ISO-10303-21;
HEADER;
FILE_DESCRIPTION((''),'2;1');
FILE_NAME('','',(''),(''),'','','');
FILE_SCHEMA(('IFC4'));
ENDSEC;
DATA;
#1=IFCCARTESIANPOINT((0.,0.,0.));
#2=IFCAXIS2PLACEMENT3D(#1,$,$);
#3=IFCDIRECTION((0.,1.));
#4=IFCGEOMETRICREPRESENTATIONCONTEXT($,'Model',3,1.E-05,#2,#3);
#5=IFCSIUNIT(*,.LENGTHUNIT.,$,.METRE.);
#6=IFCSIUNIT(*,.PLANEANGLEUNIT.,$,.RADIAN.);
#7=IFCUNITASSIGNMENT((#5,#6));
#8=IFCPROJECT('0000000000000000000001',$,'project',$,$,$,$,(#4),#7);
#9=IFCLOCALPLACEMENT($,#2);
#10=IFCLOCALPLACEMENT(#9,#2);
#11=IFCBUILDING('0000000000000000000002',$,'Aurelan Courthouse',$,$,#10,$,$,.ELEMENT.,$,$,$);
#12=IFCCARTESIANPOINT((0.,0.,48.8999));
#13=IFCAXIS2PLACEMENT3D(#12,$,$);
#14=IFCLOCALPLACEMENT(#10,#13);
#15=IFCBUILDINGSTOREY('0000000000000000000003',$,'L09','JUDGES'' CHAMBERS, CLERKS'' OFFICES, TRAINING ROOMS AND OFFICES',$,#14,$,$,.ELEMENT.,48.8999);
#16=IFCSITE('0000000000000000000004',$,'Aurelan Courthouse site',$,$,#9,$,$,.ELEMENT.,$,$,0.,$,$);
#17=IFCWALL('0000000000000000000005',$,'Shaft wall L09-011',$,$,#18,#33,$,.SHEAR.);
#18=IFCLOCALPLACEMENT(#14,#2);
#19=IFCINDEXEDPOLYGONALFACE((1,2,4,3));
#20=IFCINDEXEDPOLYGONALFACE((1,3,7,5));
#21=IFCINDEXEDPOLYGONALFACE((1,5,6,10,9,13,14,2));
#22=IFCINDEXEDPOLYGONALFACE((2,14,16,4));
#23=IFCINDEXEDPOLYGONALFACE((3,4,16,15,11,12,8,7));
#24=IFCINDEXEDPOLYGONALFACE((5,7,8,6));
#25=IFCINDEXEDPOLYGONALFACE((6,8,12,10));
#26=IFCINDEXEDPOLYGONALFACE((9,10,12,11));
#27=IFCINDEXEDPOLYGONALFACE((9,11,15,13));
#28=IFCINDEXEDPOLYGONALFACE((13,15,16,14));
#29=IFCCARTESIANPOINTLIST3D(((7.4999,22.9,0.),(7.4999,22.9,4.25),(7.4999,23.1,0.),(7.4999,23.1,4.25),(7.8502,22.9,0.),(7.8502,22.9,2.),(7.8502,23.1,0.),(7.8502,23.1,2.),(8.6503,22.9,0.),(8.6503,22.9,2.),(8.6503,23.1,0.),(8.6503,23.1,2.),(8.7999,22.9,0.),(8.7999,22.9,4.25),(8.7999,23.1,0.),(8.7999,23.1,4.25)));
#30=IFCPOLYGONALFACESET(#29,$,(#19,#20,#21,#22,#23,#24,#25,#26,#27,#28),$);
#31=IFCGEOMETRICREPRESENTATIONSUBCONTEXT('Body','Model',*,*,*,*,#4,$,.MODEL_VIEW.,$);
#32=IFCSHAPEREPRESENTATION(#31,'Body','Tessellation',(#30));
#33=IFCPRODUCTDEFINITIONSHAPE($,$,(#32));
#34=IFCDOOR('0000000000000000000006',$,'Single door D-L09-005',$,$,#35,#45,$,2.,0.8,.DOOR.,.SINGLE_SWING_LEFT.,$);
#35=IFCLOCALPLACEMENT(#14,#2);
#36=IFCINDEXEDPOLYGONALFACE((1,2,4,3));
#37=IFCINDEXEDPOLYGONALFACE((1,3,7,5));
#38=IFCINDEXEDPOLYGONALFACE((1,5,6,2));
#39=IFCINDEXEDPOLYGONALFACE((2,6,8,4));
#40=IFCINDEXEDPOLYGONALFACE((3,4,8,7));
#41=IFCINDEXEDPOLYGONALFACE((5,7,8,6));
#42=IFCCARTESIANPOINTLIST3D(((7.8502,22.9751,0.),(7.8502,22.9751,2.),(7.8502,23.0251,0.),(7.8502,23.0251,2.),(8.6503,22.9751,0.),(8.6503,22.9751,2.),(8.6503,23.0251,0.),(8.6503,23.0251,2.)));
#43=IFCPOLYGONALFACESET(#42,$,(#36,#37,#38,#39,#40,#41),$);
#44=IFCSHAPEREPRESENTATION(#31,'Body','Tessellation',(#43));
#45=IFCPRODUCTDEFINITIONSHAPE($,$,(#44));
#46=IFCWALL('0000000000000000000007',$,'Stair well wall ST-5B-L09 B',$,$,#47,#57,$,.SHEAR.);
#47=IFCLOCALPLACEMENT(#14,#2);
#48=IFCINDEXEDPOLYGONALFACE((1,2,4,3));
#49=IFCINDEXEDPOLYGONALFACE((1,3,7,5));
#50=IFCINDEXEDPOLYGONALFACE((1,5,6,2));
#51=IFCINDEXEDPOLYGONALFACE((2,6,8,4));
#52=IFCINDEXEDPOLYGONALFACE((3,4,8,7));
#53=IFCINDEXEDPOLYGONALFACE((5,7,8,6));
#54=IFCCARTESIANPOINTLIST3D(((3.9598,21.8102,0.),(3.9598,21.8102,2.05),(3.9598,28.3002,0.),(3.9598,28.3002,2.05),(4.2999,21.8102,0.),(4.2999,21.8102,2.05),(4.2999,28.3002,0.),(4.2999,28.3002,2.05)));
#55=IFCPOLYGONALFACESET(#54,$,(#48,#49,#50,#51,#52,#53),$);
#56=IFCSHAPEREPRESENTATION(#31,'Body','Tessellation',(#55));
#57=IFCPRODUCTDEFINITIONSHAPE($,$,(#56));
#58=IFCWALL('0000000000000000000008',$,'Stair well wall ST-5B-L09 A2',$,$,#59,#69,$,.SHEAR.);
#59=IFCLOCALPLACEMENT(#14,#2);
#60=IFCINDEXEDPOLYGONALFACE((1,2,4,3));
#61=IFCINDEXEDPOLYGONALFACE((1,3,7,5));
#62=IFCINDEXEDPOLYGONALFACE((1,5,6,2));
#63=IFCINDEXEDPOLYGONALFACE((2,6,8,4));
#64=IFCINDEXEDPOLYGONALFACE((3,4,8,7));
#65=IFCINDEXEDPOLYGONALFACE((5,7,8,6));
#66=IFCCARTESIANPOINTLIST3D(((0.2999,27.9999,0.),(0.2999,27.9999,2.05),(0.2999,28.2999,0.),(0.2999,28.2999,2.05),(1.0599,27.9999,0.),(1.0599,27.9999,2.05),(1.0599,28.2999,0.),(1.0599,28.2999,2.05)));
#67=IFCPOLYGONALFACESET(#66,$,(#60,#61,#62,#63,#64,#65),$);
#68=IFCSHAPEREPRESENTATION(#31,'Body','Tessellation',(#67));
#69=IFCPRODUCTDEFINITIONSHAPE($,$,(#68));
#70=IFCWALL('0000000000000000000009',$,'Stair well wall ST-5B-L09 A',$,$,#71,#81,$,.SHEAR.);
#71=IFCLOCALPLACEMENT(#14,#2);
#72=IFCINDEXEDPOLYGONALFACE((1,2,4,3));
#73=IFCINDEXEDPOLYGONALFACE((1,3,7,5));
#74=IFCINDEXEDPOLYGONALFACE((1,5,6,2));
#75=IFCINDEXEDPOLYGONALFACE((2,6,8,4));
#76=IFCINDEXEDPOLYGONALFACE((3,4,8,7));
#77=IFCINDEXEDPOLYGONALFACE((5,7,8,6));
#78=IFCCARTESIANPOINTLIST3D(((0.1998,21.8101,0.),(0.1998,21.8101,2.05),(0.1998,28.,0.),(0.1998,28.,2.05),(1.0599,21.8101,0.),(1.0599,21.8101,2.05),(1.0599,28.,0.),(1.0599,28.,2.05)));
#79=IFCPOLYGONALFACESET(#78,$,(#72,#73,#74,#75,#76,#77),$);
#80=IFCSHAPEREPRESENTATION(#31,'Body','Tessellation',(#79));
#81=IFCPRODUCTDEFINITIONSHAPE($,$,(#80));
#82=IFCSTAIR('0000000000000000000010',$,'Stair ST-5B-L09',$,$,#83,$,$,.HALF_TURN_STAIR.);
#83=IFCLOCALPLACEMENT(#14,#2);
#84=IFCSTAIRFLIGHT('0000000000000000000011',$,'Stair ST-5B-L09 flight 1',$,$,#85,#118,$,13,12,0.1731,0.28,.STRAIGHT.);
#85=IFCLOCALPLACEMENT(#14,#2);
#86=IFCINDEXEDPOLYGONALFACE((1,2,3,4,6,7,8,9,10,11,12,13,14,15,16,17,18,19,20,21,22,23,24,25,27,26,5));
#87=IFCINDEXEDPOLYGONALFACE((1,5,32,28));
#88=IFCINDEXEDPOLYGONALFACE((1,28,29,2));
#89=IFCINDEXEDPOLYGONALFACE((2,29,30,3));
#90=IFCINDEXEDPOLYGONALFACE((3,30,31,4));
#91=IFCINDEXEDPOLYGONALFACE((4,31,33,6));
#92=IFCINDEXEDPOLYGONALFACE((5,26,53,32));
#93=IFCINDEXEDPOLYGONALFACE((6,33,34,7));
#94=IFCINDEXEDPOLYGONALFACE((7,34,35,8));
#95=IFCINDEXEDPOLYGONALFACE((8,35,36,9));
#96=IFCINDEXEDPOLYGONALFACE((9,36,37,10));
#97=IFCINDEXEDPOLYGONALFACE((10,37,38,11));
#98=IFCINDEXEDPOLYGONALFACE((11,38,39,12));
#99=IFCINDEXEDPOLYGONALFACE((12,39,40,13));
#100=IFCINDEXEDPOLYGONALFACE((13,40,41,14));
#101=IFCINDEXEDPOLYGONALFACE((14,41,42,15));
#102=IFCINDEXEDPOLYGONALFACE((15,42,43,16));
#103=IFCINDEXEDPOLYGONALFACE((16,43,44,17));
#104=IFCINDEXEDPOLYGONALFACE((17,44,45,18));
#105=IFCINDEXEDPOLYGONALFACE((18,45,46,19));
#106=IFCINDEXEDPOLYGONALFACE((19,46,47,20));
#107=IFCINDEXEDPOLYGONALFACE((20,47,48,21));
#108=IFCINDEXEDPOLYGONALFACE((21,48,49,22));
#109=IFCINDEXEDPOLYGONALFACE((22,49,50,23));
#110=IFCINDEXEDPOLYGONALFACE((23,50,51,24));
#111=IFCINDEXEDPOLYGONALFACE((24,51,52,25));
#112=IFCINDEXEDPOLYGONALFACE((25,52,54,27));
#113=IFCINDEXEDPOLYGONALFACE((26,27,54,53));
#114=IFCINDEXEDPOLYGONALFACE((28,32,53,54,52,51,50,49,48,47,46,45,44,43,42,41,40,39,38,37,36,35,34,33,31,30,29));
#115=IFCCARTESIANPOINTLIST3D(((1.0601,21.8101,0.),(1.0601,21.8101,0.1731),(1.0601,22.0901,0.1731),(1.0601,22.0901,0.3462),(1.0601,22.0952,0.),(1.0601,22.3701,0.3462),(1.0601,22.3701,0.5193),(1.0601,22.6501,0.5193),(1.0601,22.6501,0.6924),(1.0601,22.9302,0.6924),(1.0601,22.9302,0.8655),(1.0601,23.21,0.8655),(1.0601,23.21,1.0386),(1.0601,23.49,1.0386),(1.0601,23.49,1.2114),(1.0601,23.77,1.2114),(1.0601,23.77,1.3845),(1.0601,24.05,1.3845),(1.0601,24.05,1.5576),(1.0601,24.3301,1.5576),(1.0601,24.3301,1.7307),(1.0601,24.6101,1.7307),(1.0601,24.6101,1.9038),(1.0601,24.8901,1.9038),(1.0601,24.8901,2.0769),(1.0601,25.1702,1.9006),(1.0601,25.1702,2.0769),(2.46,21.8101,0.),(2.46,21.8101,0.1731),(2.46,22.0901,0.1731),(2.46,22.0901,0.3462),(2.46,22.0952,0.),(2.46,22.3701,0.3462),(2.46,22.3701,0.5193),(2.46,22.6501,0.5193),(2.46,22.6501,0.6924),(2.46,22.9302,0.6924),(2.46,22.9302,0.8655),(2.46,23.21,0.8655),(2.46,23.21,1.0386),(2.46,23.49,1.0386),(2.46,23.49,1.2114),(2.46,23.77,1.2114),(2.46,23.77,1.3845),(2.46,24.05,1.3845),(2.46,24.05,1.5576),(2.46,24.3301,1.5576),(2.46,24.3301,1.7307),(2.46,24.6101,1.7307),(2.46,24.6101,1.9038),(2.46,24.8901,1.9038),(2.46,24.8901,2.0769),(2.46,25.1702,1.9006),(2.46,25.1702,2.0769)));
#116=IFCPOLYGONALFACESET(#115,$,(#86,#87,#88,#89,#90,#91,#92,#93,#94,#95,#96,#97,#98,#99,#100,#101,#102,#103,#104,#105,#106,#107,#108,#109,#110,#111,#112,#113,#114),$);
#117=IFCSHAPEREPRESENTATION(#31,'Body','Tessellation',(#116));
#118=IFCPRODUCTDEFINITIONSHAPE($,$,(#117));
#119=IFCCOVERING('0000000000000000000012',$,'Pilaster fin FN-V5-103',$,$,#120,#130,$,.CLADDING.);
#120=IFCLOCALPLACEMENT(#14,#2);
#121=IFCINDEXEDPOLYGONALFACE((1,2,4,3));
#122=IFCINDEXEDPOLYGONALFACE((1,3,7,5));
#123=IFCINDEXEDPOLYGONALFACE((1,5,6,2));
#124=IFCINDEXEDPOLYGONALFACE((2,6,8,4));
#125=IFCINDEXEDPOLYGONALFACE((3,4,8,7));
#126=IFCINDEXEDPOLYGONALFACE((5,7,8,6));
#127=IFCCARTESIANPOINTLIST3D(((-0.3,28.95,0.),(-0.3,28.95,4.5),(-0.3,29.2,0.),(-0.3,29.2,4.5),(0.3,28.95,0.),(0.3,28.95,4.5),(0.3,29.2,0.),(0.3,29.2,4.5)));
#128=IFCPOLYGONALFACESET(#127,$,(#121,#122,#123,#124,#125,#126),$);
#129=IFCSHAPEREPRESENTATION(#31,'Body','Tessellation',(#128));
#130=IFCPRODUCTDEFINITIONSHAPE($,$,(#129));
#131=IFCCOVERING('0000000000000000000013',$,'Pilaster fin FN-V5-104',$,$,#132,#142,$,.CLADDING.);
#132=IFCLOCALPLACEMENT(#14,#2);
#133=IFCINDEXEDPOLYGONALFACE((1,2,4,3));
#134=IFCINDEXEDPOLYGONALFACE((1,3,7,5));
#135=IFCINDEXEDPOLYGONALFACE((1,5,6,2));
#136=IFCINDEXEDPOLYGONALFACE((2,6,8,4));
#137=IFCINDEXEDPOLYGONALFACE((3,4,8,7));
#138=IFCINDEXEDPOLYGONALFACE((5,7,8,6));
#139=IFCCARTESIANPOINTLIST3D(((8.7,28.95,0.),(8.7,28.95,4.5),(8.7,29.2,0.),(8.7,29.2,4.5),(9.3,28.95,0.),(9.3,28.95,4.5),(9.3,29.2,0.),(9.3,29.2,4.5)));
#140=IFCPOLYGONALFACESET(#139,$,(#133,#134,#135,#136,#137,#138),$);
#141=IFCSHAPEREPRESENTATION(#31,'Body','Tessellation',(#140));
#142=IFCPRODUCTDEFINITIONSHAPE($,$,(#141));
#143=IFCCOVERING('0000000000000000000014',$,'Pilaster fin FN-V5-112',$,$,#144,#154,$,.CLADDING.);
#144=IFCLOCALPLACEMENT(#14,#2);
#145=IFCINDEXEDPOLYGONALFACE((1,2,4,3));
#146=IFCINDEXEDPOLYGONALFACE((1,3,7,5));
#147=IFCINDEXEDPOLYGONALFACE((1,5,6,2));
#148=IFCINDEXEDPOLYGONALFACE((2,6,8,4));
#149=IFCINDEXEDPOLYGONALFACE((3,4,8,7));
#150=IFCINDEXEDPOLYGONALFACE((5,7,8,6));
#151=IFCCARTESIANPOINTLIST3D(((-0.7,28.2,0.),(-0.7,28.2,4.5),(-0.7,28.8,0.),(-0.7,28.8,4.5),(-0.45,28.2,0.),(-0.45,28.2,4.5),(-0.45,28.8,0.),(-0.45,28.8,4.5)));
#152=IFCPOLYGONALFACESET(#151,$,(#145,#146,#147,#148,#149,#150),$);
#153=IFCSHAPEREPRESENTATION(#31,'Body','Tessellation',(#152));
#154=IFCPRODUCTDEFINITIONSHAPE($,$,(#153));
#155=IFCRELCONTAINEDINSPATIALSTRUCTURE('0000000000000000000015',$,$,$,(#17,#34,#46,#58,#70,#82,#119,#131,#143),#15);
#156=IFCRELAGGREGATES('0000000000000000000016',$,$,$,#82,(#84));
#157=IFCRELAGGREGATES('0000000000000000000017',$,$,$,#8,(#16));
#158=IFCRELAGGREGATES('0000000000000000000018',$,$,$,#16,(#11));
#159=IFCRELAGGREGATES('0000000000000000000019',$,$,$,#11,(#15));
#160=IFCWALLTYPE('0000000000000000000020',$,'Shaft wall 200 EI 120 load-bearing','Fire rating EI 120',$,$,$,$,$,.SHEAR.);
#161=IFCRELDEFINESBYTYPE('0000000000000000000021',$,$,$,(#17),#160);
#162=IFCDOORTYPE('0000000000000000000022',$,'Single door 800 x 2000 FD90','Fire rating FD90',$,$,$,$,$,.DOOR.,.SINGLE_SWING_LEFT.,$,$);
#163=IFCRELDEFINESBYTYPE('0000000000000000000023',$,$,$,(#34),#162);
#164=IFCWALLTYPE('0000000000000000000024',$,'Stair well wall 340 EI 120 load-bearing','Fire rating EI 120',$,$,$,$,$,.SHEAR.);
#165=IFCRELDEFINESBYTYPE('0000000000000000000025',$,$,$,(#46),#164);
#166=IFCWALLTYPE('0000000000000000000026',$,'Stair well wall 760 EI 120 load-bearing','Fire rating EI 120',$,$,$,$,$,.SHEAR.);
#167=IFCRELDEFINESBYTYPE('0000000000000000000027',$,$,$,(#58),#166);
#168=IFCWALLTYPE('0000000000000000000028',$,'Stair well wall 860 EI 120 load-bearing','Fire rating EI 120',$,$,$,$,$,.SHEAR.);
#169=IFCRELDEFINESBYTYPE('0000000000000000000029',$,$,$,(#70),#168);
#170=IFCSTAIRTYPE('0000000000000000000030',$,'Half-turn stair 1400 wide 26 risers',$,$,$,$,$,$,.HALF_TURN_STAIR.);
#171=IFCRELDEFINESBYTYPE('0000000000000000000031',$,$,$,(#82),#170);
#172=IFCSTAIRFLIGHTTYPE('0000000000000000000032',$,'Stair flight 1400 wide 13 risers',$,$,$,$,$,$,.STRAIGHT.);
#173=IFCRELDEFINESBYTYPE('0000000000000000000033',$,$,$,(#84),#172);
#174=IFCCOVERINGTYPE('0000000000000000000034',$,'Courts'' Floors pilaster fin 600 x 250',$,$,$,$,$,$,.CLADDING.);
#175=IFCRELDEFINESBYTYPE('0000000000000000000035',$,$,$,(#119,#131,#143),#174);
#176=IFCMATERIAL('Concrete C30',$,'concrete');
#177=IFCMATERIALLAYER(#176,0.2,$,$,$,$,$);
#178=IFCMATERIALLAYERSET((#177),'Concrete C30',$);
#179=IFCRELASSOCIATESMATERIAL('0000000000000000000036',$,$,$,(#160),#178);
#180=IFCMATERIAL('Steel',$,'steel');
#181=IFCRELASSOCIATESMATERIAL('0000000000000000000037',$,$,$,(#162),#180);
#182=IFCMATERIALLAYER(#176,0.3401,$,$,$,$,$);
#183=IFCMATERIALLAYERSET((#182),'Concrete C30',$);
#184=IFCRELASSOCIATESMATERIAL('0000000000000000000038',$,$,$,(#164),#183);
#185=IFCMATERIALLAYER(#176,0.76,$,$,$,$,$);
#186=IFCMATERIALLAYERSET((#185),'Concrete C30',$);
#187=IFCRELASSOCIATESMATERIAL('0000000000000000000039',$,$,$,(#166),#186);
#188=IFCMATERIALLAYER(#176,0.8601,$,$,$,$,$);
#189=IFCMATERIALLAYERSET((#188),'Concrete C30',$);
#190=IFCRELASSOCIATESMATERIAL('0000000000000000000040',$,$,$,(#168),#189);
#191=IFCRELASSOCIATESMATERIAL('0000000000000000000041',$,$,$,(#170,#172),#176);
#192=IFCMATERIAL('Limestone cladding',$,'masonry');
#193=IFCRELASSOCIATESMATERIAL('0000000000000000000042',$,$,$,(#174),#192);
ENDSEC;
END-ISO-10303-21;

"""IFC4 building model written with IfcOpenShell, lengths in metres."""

from ifc_helpers import new_model, si_unit, direction, frame, frame_2d, origin, origin_2d, place, context, subcontext, project, spatial, polyline, rectangle, outline, extrude, material, layer, layer_set, type_object, element, fill, aggregate, save


model = new_model("IFC4")

# Units and contexts
model_context = context("Model", 3, precision=1e-05, world=origin(), true_north=direction((0.0, 1.0)))
body_context = subcontext(model_context, "Body", "Model", "MODEL_VIEW")
ifc_project = project(units=[si_unit("LENGTHUNIT", "METRE"), si_unit("PLANEANGLEUNIT", "RADIAN")], contexts=[model_context])

# Site, building, storey
site_placement = place(None, origin())
site = spatial("IfcSite", under=ifc_project, at=site_placement, Name="Aurelan Courthouse site", CompositionType="ELEMENT", RefElevation=0.0)
building_placement = place(site_placement, origin())
building = spatial("IfcBuilding", under=site, at=building_placement, Name="Aurelan Courthouse", CompositionType="ELEMENT")
storey_placement = place(building_placement, frame((0.0, 0.0, 48.8999)))
storey = spatial("IfcBuildingStorey", under=building, at=storey_placement, Name="L09", Description="JUDGES' CHAMBERS, CLERKS' OFFICES, TRAINING ROOMS AND OFFICES", CompositionType="ELEMENT", Elevation=48.8999)

# Shared definitions
ifc_material_1 = material(Name="Steel", Category="steel")

# Shared definitions
ifc_material_2 = material(Name="Limestone cladding", Category="masonry")
ifc_material_3 = material(Name="Concrete C30", Category="concrete")

# Wall, opening, door
ifc_layer_1 = layer(ifc_material_3, 0.2)
ifc_layer_set_1 = layer_set([ifc_layer_1], Name="Concrete C30")
wall_type_1 = type_object("IfcWallType", Name="Shaft wall 200 EI 120 load-bearing", Description="Fire rating EI 120", PredefinedType="SHEAR", material=ifc_layer_set_1)
wall_1_placement = place(storey_placement, frame((7.5, 23.0, 0.0), z_axis=(0.0, 0.0, 1.0), x_axis=(1.0, 0.0, 0.0)))
wall_1 = element("IfcWall", 1, at=wall_1_placement, inside=storey, type_object=wall_type_1, Name="Shaft wall L09-011", PredefinedType="SHEAR", context=body_context, shape_type="SweptSolid", body=[
    extrude(rectangle(XDim=1.3, YDim=0.2, at=frame_2d((0.6499, 0.0))), origin(), (0.0, 0.0, 1.0), 4.25),
])
opening_1_placement = place(wall_1_placement, frame((1.1501, 0.0, 0.0), z_axis=(0.0, 0.0, 1.0), x_axis=(-1.0, 0.0, 0.0)))
opening_1 = element("IfcOpeningElement", 2, at=opening_1_placement, cuts=wall_1, PredefinedType="OPENING", context=body_context, shape_type="SweptSolid", body=[
    extrude(rectangle(XDim=0.8, YDim=2.0, at=frame_2d((0.3999, 1.0))), frame((0.0, 0.1099, 0.0), z_axis=(0.0, -1.0, 0.0), x_axis=(1.0, 0.0, 0.0)), (0.0, 0.0, 1.0), 0.22),
])
door_type_1 = type_object("IfcDoorType", Name="Single door 800 x 2000 FD90", Description="Fire rating FD90", OperationType="SINGLE_SWING_LEFT", PredefinedType="DOOR", material=ifc_material_1)
door_1_placement = place(opening_1_placement, origin())
door_1 = element("IfcDoor", 3, at=door_1_placement, inside=storey, type_object=door_type_1, Name="Single door D-L09-005", OperationType="SINGLE_SWING_LEFT", OverallHeight=2.0, OverallWidth=0.8, PredefinedType="DOOR", context=body_context, shape_type="SweptSolid", body=[
    extrude(rectangle(XDim=0.8, YDim=2.0, at=frame_2d((0.3999, 1.0))), frame((0.0, 0.0249, 0.0), z_axis=(0.0, -1.0, 0.0), x_axis=(1.0, 0.0, 0.0)), (0.0, 0.0, 1.0), 0.05),
])
fill(opening_1, door_1)

# Walls
ifc_layer_2 = layer(ifc_material_3, 0.3401)
ifc_layer_set_2 = layer_set([ifc_layer_2], Name="Concrete C30")
wall_type_2 = type_object("IfcWallType", Name="Stair well wall 340 EI 120 load-bearing", Description="Fire rating EI 120", PredefinedType="SHEAR", material=ifc_layer_set_2)
wall_2_placement = place(storey_placement, frame((4.1299, 21.8101, 0.0), z_axis=(0.0, 0.0, 1.0), x_axis=(0.0, 1.0, 0.0)))
element("IfcWall", 4, at=wall_2_placement, inside=storey, type_object=wall_type_2, Name="Stair well wall ST-5B-L09 B", PredefinedType="SHEAR", context=body_context, shape_type="SweptSolid", body=[
    extrude(rectangle(XDim=6.49, YDim=0.3401, at=frame_2d((3.2451, 0.0))), origin(), (0.0, 0.0, 1.0), 2.05),
])
ifc_layer_3 = layer(ifc_material_3, 0.76)
ifc_layer_set_3 = layer_set([ifc_layer_3], Name="Concrete C30")
wall_type_3 = type_object("IfcWallType", Name="Stair well wall 760 EI 120 load-bearing", Description="Fire rating EI 120", PredefinedType="SHEAR", material=ifc_layer_set_3)
wall_3_placement = place(storey_placement, frame((0.6799, 28.0, 0.0), z_axis=(0.0, 0.0, 1.0), x_axis=(0.0, 1.0, 0.0)))
element("IfcWall", 5, at=wall_3_placement, inside=storey, type_object=wall_type_3, Name="Stair well wall ST-5B-L09 A2", PredefinedType="SHEAR", context=body_context, shape_type="SweptSolid", body=[
    extrude(rectangle(XDim=0.3, YDim=0.76, at=frame_2d((0.1499, 0.0))), origin(), (0.0, 0.0, 1.0), 2.05),
])
ifc_layer_4 = layer(ifc_material_3, 0.8601)
ifc_layer_set_4 = layer_set([ifc_layer_4], Name="Concrete C30")
wall_type_4 = type_object("IfcWallType", Name="Stair well wall 860 EI 120 load-bearing", Description="Fire rating EI 120", PredefinedType="SHEAR", material=ifc_layer_set_4)
wall_4_placement = place(storey_placement, frame((0.6299, 21.8101, 0.0), z_axis=(0.0, 0.0, 1.0), x_axis=(0.0, 1.0, 0.0)))
element("IfcWall", 6, at=wall_4_placement, inside=storey, type_object=wall_type_4, Name="Stair well wall ST-5B-L09 A", PredefinedType="SHEAR", context=body_context, shape_type="SweptSolid", body=[
    extrude(rectangle(XDim=6.1899, YDim=0.8601, at=frame_2d((3.095, 0.0))), origin(), (0.0, 0.0, 1.0), 2.05),
])

# Stair, stair flight
stair_type = type_object("IfcStairType", Name="Half-turn stair 1400 wide 26 risers", PredefinedType="HALF_TURN_STAIR", material=ifc_material_3)
stair_placement = place(storey_placement, origin())
stair = element("IfcStair", 7, at=stair_placement, inside=storey, type_object=stair_type, Name="Stair ST-5B-L09", PredefinedType="HALF_TURN_STAIR")
stair_flight_type = type_object("IfcStairFlightType", Name="Stair flight 1400 wide 13 risers", PredefinedType="STRAIGHT", material=ifc_material_3)
stair_flight_placement = place(storey_placement, frame((1.76, 21.8101, 0.0), z_axis=(0.0, 0.0, 1.0), x_axis=(0.0, 1.0, 0.0)))
stair_flight = element("IfcStairFlight", 8, at=stair_flight_placement, type_object=stair_flight_type, Name="Stair ST-5B-L09 flight 1", NumberOfRisers=13, NumberOfTreads=12, PredefinedType="STRAIGHT", RiserHeight=0.1731, TreadLength=0.28, context=body_context, shape_type="SweptSolid", body=[
    extrude(outline(polyline([(0.0, 0.0), (0.0, 0.1731), (0.28, 0.1731), (0.28, 0.3462), (0.5601, 0.3462), (0.5601, 0.5193), (0.8401, 0.5193), (0.8401, 0.6924), (1.1201, 0.6924), (1.1201, 0.8655), (1.3999, 0.8655), (1.3999, 1.0386), (1.6799, 1.0386), (1.6799, 1.2114), (1.96, 1.2114), (1.96, 1.3845), (2.24, 1.3845), (2.24, 1.5576), (2.52, 1.5576), (2.52, 1.7307), (2.8, 1.7307), (2.8, 1.9038), (3.0801, 1.9038), (3.0801, 2.0769), (3.3601, 2.0769), (3.3601, 2.25), (3.3601, 1.9006), (0.2852, 0.0), (0.0, 0.0)])), frame((0.0, 0.7, 0.0), z_axis=(0.0, -1.0, 0.0), x_axis=(1.0, 0.0, 0.0)), (0.0, 0.0, 1.0), 1.3999),
])
aggregate(stair, [stair_flight])

# Coverings
covering_type = type_object("IfcCoveringType", Name="Courts' Floors pilaster fin 600 x 250", PredefinedType="CLADDING", material=ifc_material_2)
for number, where, z_axis, x_axis, name in (
    (9, (0.0, 29.075, 0.0), (0.0, 0.0, 1.0), (1.0, 0.0, 0.0), "Pilaster fin FN-V5-103"),
    (10, (9.0, 29.075, 0.0), (0.0, 0.0, 1.0), (1.0, 0.0, 0.0), "Pilaster fin FN-V5-104"),
):
    element("IfcCovering", number, at=place(storey_placement, frame(where, z_axis=z_axis, x_axis=x_axis)), inside=storey, type_object=covering_type, Name=name, PredefinedType="CLADDING", context=body_context, shape_type="SweptSolid", body=[
        extrude(rectangle(XDim=0.6001, YDim=0.25, at=origin_2d()), origin(), (0.0, 0.0, 1.0), 4.5),
    ])
covering_placement = place(storey_placement, frame((-0.575, 28.5, 0.0), z_axis=(0.0, 0.0, 1.0), x_axis=(1.0, 0.0, 0.0)))
element("IfcCovering", 11, at=covering_placement, inside=storey, type_object=covering_type, Name="Pilaster fin FN-V5-112", PredefinedType="CLADDING", context=body_context, shape_type="SweptSolid", body=[
    extrude(rectangle(XDim=0.25, YDim=0.6001, at=origin_2d()), origin(), (0.0, 0.0, 1.0), 4.5),
])

save(model, "model.ifc")
